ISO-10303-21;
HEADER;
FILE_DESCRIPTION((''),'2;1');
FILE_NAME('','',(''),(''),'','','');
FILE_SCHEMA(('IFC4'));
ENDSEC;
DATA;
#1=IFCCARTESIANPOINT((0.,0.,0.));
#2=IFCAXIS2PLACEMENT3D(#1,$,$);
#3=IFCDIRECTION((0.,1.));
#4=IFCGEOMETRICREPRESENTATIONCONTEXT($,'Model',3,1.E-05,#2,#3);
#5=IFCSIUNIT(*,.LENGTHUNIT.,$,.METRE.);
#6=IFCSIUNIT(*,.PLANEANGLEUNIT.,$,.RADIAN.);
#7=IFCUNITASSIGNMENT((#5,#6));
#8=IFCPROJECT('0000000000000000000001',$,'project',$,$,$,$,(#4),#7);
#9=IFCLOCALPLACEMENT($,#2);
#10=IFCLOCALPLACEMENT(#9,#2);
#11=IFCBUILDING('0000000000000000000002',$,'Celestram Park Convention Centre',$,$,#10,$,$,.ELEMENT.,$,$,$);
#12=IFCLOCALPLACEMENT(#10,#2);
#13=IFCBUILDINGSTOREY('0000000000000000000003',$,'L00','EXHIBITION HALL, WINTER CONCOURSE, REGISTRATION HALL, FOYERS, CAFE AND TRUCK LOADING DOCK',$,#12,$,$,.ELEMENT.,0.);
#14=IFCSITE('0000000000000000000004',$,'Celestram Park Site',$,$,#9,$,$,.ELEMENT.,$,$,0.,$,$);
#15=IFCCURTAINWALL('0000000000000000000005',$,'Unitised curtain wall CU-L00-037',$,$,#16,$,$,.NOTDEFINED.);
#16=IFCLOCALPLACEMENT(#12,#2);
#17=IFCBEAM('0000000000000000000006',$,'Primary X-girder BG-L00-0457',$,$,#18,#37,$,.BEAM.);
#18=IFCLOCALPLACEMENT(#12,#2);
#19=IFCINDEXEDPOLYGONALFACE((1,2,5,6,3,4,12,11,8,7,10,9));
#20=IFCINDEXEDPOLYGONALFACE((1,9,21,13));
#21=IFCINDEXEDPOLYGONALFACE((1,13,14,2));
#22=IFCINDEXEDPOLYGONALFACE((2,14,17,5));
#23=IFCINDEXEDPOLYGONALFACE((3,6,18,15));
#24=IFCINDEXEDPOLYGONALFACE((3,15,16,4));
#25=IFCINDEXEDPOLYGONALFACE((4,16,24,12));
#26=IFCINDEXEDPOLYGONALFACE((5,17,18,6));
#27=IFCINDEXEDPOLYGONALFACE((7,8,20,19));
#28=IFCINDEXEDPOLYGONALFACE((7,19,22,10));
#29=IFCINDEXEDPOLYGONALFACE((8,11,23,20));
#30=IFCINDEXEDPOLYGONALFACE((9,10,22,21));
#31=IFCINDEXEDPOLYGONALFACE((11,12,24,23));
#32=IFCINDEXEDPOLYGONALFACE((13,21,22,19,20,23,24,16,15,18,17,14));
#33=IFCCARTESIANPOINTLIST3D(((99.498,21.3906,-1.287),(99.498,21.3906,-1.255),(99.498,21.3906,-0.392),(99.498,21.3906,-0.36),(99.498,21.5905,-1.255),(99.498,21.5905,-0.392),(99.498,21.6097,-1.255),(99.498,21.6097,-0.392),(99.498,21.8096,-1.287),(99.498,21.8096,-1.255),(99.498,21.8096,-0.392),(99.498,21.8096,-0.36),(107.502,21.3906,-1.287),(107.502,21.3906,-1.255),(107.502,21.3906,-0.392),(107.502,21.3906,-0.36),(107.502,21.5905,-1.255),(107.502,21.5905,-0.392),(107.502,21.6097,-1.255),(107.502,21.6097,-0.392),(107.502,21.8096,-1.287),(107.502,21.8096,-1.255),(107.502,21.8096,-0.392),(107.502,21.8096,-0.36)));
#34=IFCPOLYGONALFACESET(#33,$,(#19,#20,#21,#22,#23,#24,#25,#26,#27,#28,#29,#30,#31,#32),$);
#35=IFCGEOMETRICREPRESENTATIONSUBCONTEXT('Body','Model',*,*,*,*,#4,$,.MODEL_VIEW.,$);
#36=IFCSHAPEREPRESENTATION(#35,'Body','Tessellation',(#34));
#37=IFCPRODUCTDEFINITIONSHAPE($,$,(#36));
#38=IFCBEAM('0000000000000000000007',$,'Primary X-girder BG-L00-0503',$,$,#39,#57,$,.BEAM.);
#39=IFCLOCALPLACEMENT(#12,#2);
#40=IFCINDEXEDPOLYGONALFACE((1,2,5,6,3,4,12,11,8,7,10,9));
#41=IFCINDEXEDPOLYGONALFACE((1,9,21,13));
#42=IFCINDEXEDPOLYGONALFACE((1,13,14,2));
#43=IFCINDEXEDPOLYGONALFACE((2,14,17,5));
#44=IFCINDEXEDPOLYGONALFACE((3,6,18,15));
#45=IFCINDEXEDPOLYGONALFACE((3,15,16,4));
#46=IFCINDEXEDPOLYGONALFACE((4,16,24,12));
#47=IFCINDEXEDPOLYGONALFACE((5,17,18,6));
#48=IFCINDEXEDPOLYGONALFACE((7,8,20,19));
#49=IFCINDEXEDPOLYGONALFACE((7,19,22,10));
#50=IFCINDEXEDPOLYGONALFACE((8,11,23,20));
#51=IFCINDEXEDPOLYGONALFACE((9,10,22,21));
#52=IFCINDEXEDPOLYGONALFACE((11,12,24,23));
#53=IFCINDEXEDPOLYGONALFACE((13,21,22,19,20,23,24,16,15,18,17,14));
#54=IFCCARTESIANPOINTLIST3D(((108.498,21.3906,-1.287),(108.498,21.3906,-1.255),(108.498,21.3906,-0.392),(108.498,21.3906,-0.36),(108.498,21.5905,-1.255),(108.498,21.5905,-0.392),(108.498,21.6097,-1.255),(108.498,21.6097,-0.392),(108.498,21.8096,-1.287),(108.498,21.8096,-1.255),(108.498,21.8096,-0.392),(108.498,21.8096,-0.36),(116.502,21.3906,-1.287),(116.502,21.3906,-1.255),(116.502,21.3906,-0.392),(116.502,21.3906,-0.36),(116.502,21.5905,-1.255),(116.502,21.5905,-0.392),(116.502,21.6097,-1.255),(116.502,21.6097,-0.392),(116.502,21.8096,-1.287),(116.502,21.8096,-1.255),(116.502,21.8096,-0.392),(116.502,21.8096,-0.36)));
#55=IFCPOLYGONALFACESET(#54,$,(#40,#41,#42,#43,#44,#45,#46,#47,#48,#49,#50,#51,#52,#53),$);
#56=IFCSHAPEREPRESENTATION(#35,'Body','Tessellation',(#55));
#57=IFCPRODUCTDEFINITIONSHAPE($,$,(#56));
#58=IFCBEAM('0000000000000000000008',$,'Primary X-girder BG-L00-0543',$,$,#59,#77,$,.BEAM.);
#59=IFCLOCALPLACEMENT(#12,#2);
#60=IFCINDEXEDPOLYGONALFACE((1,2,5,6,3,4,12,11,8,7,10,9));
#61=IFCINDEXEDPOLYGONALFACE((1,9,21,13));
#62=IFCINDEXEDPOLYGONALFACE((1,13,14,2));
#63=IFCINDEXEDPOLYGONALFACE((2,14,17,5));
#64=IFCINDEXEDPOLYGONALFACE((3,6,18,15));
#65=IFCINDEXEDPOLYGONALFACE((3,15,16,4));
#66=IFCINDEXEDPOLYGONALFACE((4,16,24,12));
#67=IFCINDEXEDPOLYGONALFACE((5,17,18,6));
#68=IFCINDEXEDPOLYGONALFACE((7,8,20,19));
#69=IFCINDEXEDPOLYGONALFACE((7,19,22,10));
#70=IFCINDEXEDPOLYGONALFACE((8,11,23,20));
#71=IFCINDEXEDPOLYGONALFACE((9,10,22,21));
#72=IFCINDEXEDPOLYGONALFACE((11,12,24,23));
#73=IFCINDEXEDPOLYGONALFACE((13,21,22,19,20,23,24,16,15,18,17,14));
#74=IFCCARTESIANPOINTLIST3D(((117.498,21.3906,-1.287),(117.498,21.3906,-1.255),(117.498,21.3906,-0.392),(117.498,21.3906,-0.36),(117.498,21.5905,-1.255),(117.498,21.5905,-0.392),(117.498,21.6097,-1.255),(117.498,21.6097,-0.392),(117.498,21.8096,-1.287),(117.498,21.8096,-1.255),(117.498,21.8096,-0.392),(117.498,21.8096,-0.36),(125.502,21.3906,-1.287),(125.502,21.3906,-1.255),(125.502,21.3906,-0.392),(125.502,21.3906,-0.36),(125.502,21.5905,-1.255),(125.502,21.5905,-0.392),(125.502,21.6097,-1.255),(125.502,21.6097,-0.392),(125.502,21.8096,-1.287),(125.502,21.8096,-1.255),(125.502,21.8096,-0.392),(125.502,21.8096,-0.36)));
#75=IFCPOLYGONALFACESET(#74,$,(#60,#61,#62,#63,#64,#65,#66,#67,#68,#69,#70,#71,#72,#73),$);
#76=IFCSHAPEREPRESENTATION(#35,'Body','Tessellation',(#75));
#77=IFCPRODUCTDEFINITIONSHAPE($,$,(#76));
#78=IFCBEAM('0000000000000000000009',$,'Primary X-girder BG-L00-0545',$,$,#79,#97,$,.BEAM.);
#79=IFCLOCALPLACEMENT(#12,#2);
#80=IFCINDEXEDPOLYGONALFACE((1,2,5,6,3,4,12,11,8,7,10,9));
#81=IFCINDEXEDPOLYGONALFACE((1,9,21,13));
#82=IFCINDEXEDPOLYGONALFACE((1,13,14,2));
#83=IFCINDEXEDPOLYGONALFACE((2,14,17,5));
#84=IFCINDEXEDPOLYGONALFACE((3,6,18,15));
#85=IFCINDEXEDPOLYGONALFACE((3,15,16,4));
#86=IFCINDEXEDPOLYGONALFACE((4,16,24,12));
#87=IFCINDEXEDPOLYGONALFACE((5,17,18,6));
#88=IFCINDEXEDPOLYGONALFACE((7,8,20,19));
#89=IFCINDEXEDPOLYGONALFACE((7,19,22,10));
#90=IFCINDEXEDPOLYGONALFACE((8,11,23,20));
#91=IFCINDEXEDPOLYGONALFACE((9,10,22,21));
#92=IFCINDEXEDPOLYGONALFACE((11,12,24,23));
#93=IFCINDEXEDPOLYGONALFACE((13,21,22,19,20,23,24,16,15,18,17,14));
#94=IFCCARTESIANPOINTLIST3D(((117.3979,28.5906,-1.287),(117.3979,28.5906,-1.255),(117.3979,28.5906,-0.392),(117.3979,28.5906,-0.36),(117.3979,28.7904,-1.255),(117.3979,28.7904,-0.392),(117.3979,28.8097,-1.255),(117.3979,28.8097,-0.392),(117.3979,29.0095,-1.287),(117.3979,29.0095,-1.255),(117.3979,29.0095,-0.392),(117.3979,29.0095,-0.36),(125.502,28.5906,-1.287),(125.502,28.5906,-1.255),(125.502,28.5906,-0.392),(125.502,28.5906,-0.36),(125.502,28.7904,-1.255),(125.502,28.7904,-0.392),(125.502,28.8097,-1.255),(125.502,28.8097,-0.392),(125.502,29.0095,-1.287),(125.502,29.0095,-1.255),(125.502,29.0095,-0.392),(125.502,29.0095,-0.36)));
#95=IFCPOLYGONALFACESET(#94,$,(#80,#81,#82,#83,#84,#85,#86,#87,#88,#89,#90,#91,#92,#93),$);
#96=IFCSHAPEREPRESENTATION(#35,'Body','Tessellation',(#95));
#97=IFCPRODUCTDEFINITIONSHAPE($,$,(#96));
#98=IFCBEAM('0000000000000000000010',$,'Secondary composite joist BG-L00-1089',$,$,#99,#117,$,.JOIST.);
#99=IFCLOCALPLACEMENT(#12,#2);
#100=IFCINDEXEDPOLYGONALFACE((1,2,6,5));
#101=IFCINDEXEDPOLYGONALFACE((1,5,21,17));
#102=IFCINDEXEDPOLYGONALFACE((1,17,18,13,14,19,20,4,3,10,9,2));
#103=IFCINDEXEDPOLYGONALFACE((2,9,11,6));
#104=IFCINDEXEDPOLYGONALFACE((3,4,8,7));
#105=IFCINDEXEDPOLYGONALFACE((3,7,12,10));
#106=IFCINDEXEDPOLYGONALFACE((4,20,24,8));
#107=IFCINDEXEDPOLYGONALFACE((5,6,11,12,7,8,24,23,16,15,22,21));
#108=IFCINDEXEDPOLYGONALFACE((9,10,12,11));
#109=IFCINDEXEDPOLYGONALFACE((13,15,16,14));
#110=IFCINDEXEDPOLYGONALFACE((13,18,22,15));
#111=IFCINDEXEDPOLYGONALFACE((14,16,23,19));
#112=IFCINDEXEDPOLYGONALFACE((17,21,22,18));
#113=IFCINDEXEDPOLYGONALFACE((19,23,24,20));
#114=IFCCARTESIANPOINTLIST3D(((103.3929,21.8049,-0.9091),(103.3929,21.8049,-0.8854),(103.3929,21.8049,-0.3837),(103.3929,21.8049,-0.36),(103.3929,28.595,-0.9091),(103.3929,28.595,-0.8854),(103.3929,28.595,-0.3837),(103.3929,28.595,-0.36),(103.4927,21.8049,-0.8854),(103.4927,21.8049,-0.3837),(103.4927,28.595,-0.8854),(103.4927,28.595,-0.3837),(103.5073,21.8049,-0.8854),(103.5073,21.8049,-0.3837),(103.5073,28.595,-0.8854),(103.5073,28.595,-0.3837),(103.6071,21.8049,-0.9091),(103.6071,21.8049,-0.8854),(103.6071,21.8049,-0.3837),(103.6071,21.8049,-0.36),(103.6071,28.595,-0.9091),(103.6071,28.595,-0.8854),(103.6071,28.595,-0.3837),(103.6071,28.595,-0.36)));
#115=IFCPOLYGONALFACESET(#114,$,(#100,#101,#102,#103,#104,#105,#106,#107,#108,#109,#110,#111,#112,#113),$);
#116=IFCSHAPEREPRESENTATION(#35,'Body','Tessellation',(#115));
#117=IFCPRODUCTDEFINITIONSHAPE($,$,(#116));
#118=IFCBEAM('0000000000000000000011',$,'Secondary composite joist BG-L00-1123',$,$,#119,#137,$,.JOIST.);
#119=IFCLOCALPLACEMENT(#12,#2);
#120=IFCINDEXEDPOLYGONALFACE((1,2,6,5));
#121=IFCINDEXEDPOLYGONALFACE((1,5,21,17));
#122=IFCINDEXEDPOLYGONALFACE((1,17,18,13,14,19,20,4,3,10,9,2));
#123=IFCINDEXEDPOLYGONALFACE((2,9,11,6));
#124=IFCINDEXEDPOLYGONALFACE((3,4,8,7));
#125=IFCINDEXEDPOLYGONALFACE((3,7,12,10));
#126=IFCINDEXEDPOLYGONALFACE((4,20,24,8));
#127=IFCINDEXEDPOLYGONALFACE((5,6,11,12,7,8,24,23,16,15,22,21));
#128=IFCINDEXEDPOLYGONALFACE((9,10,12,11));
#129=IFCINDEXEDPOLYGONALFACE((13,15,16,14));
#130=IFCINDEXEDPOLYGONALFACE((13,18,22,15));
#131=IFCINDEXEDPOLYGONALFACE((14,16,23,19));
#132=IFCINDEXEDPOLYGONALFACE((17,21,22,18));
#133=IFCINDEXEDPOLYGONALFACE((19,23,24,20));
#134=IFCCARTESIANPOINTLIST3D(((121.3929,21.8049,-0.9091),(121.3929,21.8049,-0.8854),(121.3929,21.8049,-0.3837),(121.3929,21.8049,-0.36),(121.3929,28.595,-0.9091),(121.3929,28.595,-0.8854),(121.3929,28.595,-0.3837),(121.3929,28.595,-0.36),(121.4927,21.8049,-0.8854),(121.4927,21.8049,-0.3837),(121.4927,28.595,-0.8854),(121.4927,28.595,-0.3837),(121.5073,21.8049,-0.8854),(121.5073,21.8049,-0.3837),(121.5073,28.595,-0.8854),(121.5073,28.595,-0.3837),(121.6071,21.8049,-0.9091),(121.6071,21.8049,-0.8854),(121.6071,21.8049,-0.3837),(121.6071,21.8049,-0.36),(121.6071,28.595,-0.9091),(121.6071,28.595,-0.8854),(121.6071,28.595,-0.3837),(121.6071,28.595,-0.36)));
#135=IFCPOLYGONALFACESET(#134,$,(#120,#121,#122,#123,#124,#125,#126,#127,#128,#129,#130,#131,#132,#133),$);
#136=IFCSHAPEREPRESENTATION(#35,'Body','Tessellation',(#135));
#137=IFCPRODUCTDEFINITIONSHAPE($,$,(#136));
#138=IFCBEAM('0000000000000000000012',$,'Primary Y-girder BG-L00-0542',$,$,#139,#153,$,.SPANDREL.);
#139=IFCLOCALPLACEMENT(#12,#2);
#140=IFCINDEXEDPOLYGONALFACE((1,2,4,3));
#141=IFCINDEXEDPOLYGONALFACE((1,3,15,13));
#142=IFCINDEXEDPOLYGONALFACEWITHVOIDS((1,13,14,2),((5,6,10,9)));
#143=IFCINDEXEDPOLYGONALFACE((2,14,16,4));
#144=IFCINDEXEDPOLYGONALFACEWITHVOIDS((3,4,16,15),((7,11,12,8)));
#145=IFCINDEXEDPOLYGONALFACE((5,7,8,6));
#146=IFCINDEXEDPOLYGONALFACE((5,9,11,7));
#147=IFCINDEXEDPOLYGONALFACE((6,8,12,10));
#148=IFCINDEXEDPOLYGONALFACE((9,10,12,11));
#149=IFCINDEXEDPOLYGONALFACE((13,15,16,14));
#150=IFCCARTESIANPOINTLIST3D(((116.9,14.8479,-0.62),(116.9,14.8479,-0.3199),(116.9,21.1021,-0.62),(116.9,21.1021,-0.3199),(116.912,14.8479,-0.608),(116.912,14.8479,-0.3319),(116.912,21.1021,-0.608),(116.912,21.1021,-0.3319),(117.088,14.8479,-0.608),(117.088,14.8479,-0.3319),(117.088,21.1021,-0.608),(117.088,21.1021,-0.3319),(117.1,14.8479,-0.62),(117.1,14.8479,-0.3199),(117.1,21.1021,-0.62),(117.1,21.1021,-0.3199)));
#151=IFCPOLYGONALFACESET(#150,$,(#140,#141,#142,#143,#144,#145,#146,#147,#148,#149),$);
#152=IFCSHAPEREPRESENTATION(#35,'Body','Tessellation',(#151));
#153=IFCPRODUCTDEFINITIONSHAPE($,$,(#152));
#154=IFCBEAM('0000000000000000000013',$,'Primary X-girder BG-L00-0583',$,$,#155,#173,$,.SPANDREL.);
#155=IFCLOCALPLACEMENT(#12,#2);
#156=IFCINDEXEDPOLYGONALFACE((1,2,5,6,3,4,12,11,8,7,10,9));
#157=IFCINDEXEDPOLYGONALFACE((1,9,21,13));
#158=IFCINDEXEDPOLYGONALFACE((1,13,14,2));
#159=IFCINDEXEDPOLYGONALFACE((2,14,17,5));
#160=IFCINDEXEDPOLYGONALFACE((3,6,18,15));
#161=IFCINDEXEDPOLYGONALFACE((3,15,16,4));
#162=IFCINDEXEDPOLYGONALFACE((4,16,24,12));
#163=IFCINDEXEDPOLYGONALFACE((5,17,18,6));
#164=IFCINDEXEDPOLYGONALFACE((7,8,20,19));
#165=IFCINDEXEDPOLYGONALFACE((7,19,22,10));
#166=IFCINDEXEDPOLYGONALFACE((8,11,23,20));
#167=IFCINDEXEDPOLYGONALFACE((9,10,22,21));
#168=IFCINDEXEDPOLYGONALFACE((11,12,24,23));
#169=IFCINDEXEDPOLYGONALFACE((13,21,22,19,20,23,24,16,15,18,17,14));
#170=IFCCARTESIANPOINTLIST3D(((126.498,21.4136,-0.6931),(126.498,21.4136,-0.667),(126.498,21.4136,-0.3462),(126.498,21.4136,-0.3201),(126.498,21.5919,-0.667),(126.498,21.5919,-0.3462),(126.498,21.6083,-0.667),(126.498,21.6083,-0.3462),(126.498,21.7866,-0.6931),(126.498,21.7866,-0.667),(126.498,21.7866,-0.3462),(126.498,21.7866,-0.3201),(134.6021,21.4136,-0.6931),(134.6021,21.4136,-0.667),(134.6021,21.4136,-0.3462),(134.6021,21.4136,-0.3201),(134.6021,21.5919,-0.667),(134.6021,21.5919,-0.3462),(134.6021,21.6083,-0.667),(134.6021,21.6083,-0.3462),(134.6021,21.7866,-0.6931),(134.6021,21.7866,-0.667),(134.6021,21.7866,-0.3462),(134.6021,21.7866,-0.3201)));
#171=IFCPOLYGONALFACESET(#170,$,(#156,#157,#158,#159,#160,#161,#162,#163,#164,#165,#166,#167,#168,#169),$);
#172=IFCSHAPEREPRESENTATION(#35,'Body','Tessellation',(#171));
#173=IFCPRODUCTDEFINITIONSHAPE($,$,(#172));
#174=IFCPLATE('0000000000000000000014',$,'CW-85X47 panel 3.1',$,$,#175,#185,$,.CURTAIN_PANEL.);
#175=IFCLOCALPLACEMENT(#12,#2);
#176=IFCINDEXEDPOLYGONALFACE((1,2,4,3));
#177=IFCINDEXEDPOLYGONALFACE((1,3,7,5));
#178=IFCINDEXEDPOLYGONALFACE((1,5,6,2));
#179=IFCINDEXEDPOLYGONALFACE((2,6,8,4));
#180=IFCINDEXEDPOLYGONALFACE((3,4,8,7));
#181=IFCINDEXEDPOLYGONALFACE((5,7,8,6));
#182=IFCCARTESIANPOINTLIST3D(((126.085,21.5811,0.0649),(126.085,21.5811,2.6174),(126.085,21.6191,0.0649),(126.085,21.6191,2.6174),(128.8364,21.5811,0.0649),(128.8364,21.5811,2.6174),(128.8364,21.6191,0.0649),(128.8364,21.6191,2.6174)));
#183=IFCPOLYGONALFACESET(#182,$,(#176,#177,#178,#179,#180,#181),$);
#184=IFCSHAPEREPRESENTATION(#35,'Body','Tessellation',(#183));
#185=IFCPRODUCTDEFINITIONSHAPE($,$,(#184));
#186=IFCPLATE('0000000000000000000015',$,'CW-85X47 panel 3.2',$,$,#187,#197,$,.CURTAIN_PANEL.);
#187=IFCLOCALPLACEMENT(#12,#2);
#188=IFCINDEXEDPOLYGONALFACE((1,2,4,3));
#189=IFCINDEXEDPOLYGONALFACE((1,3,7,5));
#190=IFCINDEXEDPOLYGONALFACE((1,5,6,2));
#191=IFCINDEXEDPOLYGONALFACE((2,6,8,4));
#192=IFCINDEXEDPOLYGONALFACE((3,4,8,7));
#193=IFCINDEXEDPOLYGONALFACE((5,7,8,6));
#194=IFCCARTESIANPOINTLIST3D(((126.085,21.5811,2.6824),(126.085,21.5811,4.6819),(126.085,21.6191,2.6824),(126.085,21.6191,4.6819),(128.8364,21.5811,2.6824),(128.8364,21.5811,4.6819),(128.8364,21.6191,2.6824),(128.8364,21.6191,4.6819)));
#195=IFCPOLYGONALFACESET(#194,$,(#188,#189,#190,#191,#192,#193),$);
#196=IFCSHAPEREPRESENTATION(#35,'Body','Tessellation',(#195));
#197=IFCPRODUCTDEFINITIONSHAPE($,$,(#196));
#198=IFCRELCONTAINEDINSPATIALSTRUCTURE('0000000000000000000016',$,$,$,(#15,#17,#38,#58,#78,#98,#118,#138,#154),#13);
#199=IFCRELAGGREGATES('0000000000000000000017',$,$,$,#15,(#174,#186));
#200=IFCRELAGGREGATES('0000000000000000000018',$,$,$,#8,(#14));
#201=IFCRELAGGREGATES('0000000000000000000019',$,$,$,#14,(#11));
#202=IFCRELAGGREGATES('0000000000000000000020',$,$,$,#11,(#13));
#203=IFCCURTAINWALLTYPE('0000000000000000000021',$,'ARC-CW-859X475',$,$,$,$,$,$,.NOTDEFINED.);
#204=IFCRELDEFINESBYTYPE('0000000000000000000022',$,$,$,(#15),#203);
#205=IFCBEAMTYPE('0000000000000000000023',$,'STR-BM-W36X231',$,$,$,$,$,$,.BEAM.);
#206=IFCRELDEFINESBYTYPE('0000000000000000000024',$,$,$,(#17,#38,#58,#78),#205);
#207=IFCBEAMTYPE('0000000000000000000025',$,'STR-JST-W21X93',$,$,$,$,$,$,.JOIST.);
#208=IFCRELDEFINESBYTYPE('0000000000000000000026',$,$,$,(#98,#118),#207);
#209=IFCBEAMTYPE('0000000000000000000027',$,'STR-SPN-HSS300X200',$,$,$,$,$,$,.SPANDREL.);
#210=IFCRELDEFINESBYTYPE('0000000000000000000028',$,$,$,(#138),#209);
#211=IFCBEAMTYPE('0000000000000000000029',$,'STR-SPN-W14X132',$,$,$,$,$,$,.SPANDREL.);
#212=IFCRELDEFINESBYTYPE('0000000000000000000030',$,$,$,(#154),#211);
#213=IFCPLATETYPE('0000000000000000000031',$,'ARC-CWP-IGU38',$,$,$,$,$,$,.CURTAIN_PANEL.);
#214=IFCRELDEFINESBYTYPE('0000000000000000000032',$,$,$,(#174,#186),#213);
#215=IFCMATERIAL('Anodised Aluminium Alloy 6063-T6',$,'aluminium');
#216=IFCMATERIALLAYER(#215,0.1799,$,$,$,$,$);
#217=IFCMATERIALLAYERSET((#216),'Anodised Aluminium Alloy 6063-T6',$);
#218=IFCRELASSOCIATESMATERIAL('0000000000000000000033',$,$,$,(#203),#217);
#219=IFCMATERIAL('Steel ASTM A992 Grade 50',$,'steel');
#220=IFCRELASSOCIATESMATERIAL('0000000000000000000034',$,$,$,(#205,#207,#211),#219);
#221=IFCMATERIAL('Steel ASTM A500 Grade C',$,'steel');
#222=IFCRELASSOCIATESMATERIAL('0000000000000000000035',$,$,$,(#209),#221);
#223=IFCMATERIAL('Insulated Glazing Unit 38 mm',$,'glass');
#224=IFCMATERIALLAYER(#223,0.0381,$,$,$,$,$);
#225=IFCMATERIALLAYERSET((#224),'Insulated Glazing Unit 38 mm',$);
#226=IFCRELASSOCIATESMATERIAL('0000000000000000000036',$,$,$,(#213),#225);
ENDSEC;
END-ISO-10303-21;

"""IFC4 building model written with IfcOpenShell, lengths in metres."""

from ifc_helpers import new_model, si_unit, direction, frame, origin, origin_2d, place, context, subcontext, project, spatial, rectangle, hollow_rectangle, i_section, extrude, material, layer, layer_set, material_profile, profile_set, type_object, element, aggregate, save


model = new_model("IFC4")

# Units and contexts
model_context = context("Model", 3, precision=1e-05, world=origin(), true_north=direction((0.0, 1.0)))
body_context = subcontext(model_context, "Body", "Model", "MODEL_VIEW")
ifc_project = project(units=[si_unit("LENGTHUNIT", "METRE"), si_unit("PLANEANGLEUNIT", "RADIAN")], contexts=[model_context])

# Site, building, storey
site_placement = place(None, origin())
site = spatial("IfcSite", under=ifc_project, at=site_placement, Name="Celestram Park Site", CompositionType="ELEMENT", RefElevation=0.0)
building_placement = place(site_placement, origin())
building = spatial("IfcBuilding", under=site, at=building_placement, Name="Celestram Park Convention Centre", CompositionType="ELEMENT")
storey_placement = place(building_placement, origin())
storey = spatial("IfcBuildingStorey", under=building, at=storey_placement, Name="L00", Description="EXHIBITION HALL, WINTER CONCOURSE, REGISTRATION HALL, FOYERS, CAFE AND TRUCK LOADING DOCK", CompositionType="ELEMENT", Elevation=0.0)

# Shared definitions
ifc_material_1 = material(Name="Steel ASTM A992 Grade 50", Category="steel")

# Curtain wall
ifc_material_2 = material(Name="Anodised Aluminium Alloy 6063-T6", Category="aluminium")
ifc_layer_1 = layer(ifc_material_2, 0.1799)
ifc_layer_set_1 = layer_set([ifc_layer_1], Name="Anodised Aluminium Alloy 6063-T6")
curtain_wall_type = type_object("IfcCurtainWallType", Name="ARC-CW-859X475", PredefinedType="NOTDEFINED", material=ifc_layer_set_1)
curtain_wall_placement = place(storey_placement, origin())
curtain_wall = element("IfcCurtainWall", 1, at=curtain_wall_placement, inside=storey, type_object=curtain_wall_type, Name="Unitised curtain wall CU-L00-037", PredefinedType="NOTDEFINED")

# Beams
ifc_material_profile_1 = material_profile(ifc_material_1, i_section(OverallWidth=0.4189, OverallDepth=0.927, WebThickness=0.0193, FlangeThickness=0.032, at=origin_2d()), Name="W36X231")
ifc_profile_set_1 = profile_set([ifc_material_profile_1], Name="Steel ASTM A992 Grade 50")
beam_type_1 = type_object("IfcBeamType", Name="STR-BM-W36X231", PredefinedType="BEAM", material=ifc_profile_set_1)
for number, where, z_axis, x_axis, name in (
    (2, (99.498, 21.6001, -0.8235), (1.0, 0.0, 0.0), (0.0, 1.0, 0.0), "Primary X-girder BG-L00-0457"),
    (3, (108.498, 21.6001, -0.8235), (1.0, 0.0, 0.0), (0.0, 1.0, 0.0), "Primary X-girder BG-L00-0503"),
    (4, (117.498, 21.6001, -0.8235), (1.0, 0.0, 0.0), (0.0, 1.0, 0.0), "Primary X-girder BG-L00-0543"),
):
    element("IfcBeam", number, at=place(storey_placement, frame(where, z_axis=z_axis, x_axis=x_axis)), inside=storey, type_object=beam_type_1, Name=name, PredefinedType="BEAM", context=body_context, shape_type="SweptSolid", body=[
        extrude(i_section(OverallWidth=0.4189, OverallDepth=0.927, WebThickness=0.0193, FlangeThickness=0.032, at=origin_2d()), origin(), (0.0, 0.0, 1.0), 8.0039),
    ])
beam_1_placement = place(storey_placement, frame((117.3979, 28.8, -0.8235), z_axis=(1.0, 0.0, 0.0), x_axis=(0.0, 1.0, 0.0)))
element("IfcBeam", 5, at=beam_1_placement, inside=storey, type_object=beam_type_1, Name="Primary X-girder BG-L00-0545", PredefinedType="BEAM", context=body_context, shape_type="SweptSolid", body=[
    extrude(i_section(OverallWidth=0.4189, OverallDepth=0.927, WebThickness=0.0193, FlangeThickness=0.032, at=origin_2d()), origin(), (0.0, 0.0, 1.0), 8.104),
])
ifc_material_profile_2 = material_profile(ifc_material_1, i_section(OverallWidth=0.2141, OverallDepth=0.5491, WebThickness=0.0146, FlangeThickness=0.0237, at=origin_2d()), Name="W21X93")
ifc_profile_set_2 = profile_set([ifc_material_profile_2], Name="Steel ASTM A992 Grade 50")
beam_type_2 = type_object("IfcBeamType", Name="STR-JST-W21X93", PredefinedType="JOIST", material=ifc_profile_set_2)
for number, where, z_axis, x_axis, name in (
    (6, (103.5, 21.8049, -0.6345), (0.0, 1.0, 0.0), (-1.0, 0.0, 0.0), "Secondary composite joist BG-L00-1089"),
    (7, (121.5, 21.8049, -0.6345), (0.0, 1.0, 0.0), (-1.0, 0.0, 0.0), "Secondary composite joist BG-L00-1123"),
):
    element("IfcBeam", number, at=place(storey_placement, frame(where, z_axis=z_axis, x_axis=x_axis)), inside=storey, type_object=beam_type_2, Name=name, PredefinedType="JOIST", context=body_context, shape_type="SweptSolid", body=[
        extrude(i_section(OverallWidth=0.2141, OverallDepth=0.5491, WebThickness=0.0146, FlangeThickness=0.0237, at=origin_2d()), origin(), (0.0, 0.0, 1.0), 6.79),
    ])
ifc_material_3 = material(Name="Steel ASTM A500 Grade C", Category="steel")
ifc_material_profile_3 = material_profile(ifc_material_3, hollow_rectangle(XDim=0.2, YDim=0.3, WallThickness=0.012, at=origin_2d()), Name="HSS300X200X12")
ifc_profile_set_3 = profile_set([ifc_material_profile_3], Name="Steel ASTM A500 Grade C")
beam_type_3 = type_object("IfcBeamType", Name="STR-SPN-HSS300X200", PredefinedType="SPANDREL", material=ifc_profile_set_3)
beam_2_placement = place(storey_placement, frame((117.0, 14.8479, -0.47), z_axis=(0.0, 1.0, 0.0), x_axis=(-1.0, 0.0, 0.0)))
element("IfcBeam", 8, at=beam_2_placement, inside=storey, type_object=beam_type_3, Name="Primary Y-girder BG-L00-0542", PredefinedType="SPANDREL", context=body_context, shape_type="SweptSolid", body=[
    extrude(hollow_rectangle(XDim=0.2, YDim=0.3, WallThickness=0.012, at=origin_2d()), origin(), (0.0, 0.0, 1.0), 6.2542),
])
ifc_material_profile_4 = material_profile(ifc_material_1, i_section(OverallWidth=0.373, OverallDepth=0.373, WebThickness=0.0164, FlangeThickness=0.0261, at=origin_2d()), Name="W14X132")
ifc_profile_set_4 = profile_set([ifc_material_profile_4], Name="Steel ASTM A992 Grade 50")
beam_type_4 = type_object("IfcBeamType", Name="STR-SPN-W14X132", PredefinedType="SPANDREL", material=ifc_profile_set_4)
beam_3_placement = place(storey_placement, frame((126.498, 21.6001, -0.5066), z_axis=(1.0, 0.0, 0.0), x_axis=(0.0, 1.0, 0.0)))
element("IfcBeam", 9, at=beam_3_placement, inside=storey, type_object=beam_type_4, Name="Primary X-girder BG-L00-0583", PredefinedType="SPANDREL", context=body_context, shape_type="SweptSolid", body=[
    extrude(i_section(OverallWidth=0.373, OverallDepth=0.373, WebThickness=0.0164, FlangeThickness=0.0261, at=origin_2d()), origin(), (0.0, 0.0, 1.0), 8.104),
])

# Plates
ifc_material_4 = material(Name="Insulated Glazing Unit 38 mm", Category="glass")
ifc_layer_2 = layer(ifc_material_4, 0.0381)
ifc_layer_set_2 = layer_set([ifc_layer_2], Name="Insulated Glazing Unit 38 mm")
plate_type = type_object("IfcPlateType", Name="ARC-CWP-IGU38", PredefinedType="CURTAIN_PANEL", material=ifc_layer_set_2)
plate_1_placement = place(storey_placement, frame((127.4607, 21.6001, 0.0649), z_axis=(0.0, 0.0, 1.0), x_axis=(-1.0, 0.0, 0.0)))
plate_1 = element("IfcPlate", 10, at=plate_1_placement, type_object=plate_type, Name="CW-85X47 panel 3.1", PredefinedType="CURTAIN_PANEL", context=body_context, shape_type="SweptSolid", body=[
    extrude(rectangle(XDim=2.7515, YDim=0.0381, at=origin_2d()), origin(), (0.0, 0.0, 1.0), 2.5525),
])
plate_2_placement = place(storey_placement, frame((127.4607, 21.6001, 2.6824), z_axis=(0.0, 0.0, 1.0), x_axis=(-1.0, 0.0, 0.0)))
plate_2 = element("IfcPlate", 11, at=plate_2_placement, type_object=plate_type, Name="CW-85X47 panel 3.2", PredefinedType="CURTAIN_PANEL", context=body_context, shape_type="SweptSolid", body=[
    extrude(rectangle(XDim=2.7515, YDim=0.0381, at=origin_2d()), origin(), (0.0, 0.0, 1.0), 1.9995),
])
aggregate(curtain_wall, [plate_1, plate_2])

save(model, "model.ifc")
